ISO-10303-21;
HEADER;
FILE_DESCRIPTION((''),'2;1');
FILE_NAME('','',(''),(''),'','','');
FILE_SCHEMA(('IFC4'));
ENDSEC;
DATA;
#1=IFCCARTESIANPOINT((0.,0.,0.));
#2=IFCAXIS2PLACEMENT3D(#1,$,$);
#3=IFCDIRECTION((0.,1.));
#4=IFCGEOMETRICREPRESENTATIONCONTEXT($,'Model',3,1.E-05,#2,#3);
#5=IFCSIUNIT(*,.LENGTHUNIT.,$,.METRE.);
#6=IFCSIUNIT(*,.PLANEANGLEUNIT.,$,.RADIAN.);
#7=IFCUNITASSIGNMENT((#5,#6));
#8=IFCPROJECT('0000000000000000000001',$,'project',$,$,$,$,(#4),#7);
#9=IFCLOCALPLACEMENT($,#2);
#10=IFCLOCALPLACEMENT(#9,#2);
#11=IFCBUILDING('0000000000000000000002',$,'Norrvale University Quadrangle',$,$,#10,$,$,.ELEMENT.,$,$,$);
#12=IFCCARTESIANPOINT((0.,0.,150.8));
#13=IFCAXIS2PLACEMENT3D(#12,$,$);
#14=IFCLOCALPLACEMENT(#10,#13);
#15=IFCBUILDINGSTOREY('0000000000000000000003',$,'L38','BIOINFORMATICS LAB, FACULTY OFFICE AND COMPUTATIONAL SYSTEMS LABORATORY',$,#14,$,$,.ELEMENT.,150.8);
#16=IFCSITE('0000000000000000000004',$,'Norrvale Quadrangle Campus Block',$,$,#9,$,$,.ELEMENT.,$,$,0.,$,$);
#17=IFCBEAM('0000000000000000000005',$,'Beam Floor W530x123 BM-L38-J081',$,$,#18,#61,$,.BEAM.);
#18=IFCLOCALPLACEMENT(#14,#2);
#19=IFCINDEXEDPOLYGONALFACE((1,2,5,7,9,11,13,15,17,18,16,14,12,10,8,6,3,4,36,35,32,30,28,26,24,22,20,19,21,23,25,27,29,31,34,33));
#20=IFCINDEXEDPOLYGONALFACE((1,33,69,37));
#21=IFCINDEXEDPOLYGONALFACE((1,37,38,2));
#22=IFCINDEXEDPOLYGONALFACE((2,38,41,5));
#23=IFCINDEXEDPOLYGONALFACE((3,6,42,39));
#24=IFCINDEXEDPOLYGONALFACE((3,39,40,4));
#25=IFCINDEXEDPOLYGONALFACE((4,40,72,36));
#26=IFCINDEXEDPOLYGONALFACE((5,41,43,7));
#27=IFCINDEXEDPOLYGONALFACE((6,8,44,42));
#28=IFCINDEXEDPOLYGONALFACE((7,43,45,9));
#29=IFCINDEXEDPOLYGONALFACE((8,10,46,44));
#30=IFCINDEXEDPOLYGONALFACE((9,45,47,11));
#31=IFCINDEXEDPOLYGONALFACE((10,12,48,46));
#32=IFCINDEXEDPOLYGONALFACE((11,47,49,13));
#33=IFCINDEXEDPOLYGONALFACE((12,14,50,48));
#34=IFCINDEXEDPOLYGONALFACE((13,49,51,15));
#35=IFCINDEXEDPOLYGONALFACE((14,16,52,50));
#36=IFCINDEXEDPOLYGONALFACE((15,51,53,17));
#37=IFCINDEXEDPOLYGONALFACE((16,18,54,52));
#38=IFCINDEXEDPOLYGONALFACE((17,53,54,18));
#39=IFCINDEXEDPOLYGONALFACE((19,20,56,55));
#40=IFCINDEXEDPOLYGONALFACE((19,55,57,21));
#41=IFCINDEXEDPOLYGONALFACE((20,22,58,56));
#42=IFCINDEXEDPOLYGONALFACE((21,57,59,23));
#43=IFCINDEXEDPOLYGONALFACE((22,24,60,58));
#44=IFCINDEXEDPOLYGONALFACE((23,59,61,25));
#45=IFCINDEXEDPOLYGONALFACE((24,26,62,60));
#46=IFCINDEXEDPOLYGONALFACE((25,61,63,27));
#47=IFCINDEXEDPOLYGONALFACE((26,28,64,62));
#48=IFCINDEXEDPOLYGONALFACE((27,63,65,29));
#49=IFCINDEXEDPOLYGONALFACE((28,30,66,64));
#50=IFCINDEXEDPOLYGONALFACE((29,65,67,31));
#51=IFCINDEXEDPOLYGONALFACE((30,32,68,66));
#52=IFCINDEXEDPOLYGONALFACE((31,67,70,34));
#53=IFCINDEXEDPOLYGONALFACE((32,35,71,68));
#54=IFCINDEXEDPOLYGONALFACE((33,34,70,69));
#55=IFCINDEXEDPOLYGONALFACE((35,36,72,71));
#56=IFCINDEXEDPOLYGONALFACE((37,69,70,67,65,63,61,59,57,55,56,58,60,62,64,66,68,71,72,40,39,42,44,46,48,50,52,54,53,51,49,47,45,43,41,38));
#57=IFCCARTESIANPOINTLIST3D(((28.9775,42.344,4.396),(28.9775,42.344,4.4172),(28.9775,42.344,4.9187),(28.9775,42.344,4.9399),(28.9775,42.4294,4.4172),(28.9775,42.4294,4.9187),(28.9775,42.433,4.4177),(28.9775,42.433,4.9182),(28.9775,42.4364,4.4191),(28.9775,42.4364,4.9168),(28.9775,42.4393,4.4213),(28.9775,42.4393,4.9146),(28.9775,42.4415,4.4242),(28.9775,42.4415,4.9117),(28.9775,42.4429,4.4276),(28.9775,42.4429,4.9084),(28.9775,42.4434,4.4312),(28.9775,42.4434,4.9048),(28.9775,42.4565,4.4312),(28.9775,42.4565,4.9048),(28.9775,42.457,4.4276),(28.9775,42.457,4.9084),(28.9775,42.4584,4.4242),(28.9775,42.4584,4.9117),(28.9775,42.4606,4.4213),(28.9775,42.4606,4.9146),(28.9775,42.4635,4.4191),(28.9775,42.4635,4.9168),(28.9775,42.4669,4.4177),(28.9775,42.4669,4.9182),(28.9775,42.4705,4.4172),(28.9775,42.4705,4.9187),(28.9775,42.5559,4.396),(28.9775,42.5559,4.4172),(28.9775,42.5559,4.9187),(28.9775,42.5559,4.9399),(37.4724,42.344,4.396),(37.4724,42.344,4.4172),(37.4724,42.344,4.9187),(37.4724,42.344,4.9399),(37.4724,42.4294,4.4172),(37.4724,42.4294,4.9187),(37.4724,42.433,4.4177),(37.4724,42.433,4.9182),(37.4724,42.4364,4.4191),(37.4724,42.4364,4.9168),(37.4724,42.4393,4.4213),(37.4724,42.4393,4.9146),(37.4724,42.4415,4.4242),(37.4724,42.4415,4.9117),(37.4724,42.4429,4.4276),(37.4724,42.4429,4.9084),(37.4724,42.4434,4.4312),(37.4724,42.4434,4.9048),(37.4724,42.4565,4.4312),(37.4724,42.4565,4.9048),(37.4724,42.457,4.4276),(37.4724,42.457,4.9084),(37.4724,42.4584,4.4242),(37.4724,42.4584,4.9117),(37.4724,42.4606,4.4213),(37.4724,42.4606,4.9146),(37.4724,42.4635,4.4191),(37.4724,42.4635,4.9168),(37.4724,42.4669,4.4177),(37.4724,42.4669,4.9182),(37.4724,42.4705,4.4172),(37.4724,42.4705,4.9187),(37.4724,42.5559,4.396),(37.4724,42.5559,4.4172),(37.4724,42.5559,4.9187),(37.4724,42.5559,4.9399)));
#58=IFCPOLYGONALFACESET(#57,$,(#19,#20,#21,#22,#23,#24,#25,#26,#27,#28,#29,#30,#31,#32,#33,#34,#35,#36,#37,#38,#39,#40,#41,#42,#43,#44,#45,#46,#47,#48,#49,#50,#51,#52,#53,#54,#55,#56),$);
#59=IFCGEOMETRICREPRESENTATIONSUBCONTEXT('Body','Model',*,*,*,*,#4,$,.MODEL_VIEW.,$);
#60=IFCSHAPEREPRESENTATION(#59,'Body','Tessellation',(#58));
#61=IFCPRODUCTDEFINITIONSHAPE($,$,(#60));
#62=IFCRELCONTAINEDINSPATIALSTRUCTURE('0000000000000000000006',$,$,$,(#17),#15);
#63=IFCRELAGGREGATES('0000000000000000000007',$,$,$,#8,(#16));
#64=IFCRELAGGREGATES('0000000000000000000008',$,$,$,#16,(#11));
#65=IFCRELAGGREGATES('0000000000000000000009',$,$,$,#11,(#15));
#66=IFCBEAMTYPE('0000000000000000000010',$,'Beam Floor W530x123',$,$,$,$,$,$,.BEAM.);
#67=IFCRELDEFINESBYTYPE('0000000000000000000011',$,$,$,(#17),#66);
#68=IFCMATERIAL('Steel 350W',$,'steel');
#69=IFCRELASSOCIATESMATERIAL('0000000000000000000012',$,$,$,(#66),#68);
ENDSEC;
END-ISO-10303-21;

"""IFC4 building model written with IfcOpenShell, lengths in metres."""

from ifc_helpers import new_model, si_unit, direction, frame, origin, origin_2d, place, context, subcontext, project, spatial, i_section, extrude, material, material_profile, profile_set, type_object, element, save


model = new_model("IFC4")

# Units and contexts
model_context = context("Model", 3, precision=1e-05, world=origin(), true_north=direction((0.0, 1.0)))
body_context = subcontext(model_context, "Body", "Model", "MODEL_VIEW")
ifc_project = project(units=[si_unit("LENGTHUNIT", "METRE"), si_unit("PLANEANGLEUNIT", "RADIAN")], contexts=[model_context])

# Site, building, storey
site_placement = place(None, origin())
site = spatial("IfcSite", under=ifc_project, at=site_placement, Name="Norrvale Quadrangle Campus Block", CompositionType="ELEMENT", RefElevation=0.0)
building_placement = place(site_placement, origin())
building = spatial("IfcBuilding", under=site, at=building_placement, Name="Norrvale University Quadrangle", CompositionType="ELEMENT")
storey_placement = place(building_placement, frame((0.0, 0.0, 150.8)))
storey = spatial("IfcBuildingStorey", under=building, at=storey_placement, Name="L38", Description="BIOINFORMATICS LAB, FACULTY OFFICE AND COMPUTATIONAL SYSTEMS LABORATORY", CompositionType="ELEMENT", Elevation=150.8)

# Beam
ifc_material_1 = material(Name="Steel 350W", Category="steel")
ifc_material_profile_1 = material_profile(ifc_material_1, i_section(OverallWidth=0.2119, OverallDepth=0.5439, WebThickness=0.0132, FlangeThickness=0.0212, FilletRadius=0.0139, at=origin_2d()), Name="Steel 350W")
ifc_profile_set_1 = profile_set([ifc_material_profile_1], Name="Steel 350W")
beam_type_1 = type_object("IfcBeamType", Name="Beam Floor W530x123", PredefinedType="BEAM", material=ifc_profile_set_1)
beam_1_placement = place(storey_placement, frame((28.9775, 42.45, 4.668), z_axis=(1.0, 0.0, 0.0), x_axis=(0.0, 1.0, 0.0)))
element("IfcBeam", 1, at=beam_1_placement, inside=storey, type_object=beam_type_1, Name="Beam Floor W530x123 BM-L38-J081", PredefinedType="BEAM", context=body_context, shape_type="SweptSolid", body=[
    extrude(i_section(OverallWidth=0.2119, OverallDepth=0.5439, WebThickness=0.0132, FlangeThickness=0.0212, FilletRadius=0.0139, at=origin_2d()), origin(), (0.0, 0.0, 1.0), 8.4949),
])

save(model, "model.ifc")
